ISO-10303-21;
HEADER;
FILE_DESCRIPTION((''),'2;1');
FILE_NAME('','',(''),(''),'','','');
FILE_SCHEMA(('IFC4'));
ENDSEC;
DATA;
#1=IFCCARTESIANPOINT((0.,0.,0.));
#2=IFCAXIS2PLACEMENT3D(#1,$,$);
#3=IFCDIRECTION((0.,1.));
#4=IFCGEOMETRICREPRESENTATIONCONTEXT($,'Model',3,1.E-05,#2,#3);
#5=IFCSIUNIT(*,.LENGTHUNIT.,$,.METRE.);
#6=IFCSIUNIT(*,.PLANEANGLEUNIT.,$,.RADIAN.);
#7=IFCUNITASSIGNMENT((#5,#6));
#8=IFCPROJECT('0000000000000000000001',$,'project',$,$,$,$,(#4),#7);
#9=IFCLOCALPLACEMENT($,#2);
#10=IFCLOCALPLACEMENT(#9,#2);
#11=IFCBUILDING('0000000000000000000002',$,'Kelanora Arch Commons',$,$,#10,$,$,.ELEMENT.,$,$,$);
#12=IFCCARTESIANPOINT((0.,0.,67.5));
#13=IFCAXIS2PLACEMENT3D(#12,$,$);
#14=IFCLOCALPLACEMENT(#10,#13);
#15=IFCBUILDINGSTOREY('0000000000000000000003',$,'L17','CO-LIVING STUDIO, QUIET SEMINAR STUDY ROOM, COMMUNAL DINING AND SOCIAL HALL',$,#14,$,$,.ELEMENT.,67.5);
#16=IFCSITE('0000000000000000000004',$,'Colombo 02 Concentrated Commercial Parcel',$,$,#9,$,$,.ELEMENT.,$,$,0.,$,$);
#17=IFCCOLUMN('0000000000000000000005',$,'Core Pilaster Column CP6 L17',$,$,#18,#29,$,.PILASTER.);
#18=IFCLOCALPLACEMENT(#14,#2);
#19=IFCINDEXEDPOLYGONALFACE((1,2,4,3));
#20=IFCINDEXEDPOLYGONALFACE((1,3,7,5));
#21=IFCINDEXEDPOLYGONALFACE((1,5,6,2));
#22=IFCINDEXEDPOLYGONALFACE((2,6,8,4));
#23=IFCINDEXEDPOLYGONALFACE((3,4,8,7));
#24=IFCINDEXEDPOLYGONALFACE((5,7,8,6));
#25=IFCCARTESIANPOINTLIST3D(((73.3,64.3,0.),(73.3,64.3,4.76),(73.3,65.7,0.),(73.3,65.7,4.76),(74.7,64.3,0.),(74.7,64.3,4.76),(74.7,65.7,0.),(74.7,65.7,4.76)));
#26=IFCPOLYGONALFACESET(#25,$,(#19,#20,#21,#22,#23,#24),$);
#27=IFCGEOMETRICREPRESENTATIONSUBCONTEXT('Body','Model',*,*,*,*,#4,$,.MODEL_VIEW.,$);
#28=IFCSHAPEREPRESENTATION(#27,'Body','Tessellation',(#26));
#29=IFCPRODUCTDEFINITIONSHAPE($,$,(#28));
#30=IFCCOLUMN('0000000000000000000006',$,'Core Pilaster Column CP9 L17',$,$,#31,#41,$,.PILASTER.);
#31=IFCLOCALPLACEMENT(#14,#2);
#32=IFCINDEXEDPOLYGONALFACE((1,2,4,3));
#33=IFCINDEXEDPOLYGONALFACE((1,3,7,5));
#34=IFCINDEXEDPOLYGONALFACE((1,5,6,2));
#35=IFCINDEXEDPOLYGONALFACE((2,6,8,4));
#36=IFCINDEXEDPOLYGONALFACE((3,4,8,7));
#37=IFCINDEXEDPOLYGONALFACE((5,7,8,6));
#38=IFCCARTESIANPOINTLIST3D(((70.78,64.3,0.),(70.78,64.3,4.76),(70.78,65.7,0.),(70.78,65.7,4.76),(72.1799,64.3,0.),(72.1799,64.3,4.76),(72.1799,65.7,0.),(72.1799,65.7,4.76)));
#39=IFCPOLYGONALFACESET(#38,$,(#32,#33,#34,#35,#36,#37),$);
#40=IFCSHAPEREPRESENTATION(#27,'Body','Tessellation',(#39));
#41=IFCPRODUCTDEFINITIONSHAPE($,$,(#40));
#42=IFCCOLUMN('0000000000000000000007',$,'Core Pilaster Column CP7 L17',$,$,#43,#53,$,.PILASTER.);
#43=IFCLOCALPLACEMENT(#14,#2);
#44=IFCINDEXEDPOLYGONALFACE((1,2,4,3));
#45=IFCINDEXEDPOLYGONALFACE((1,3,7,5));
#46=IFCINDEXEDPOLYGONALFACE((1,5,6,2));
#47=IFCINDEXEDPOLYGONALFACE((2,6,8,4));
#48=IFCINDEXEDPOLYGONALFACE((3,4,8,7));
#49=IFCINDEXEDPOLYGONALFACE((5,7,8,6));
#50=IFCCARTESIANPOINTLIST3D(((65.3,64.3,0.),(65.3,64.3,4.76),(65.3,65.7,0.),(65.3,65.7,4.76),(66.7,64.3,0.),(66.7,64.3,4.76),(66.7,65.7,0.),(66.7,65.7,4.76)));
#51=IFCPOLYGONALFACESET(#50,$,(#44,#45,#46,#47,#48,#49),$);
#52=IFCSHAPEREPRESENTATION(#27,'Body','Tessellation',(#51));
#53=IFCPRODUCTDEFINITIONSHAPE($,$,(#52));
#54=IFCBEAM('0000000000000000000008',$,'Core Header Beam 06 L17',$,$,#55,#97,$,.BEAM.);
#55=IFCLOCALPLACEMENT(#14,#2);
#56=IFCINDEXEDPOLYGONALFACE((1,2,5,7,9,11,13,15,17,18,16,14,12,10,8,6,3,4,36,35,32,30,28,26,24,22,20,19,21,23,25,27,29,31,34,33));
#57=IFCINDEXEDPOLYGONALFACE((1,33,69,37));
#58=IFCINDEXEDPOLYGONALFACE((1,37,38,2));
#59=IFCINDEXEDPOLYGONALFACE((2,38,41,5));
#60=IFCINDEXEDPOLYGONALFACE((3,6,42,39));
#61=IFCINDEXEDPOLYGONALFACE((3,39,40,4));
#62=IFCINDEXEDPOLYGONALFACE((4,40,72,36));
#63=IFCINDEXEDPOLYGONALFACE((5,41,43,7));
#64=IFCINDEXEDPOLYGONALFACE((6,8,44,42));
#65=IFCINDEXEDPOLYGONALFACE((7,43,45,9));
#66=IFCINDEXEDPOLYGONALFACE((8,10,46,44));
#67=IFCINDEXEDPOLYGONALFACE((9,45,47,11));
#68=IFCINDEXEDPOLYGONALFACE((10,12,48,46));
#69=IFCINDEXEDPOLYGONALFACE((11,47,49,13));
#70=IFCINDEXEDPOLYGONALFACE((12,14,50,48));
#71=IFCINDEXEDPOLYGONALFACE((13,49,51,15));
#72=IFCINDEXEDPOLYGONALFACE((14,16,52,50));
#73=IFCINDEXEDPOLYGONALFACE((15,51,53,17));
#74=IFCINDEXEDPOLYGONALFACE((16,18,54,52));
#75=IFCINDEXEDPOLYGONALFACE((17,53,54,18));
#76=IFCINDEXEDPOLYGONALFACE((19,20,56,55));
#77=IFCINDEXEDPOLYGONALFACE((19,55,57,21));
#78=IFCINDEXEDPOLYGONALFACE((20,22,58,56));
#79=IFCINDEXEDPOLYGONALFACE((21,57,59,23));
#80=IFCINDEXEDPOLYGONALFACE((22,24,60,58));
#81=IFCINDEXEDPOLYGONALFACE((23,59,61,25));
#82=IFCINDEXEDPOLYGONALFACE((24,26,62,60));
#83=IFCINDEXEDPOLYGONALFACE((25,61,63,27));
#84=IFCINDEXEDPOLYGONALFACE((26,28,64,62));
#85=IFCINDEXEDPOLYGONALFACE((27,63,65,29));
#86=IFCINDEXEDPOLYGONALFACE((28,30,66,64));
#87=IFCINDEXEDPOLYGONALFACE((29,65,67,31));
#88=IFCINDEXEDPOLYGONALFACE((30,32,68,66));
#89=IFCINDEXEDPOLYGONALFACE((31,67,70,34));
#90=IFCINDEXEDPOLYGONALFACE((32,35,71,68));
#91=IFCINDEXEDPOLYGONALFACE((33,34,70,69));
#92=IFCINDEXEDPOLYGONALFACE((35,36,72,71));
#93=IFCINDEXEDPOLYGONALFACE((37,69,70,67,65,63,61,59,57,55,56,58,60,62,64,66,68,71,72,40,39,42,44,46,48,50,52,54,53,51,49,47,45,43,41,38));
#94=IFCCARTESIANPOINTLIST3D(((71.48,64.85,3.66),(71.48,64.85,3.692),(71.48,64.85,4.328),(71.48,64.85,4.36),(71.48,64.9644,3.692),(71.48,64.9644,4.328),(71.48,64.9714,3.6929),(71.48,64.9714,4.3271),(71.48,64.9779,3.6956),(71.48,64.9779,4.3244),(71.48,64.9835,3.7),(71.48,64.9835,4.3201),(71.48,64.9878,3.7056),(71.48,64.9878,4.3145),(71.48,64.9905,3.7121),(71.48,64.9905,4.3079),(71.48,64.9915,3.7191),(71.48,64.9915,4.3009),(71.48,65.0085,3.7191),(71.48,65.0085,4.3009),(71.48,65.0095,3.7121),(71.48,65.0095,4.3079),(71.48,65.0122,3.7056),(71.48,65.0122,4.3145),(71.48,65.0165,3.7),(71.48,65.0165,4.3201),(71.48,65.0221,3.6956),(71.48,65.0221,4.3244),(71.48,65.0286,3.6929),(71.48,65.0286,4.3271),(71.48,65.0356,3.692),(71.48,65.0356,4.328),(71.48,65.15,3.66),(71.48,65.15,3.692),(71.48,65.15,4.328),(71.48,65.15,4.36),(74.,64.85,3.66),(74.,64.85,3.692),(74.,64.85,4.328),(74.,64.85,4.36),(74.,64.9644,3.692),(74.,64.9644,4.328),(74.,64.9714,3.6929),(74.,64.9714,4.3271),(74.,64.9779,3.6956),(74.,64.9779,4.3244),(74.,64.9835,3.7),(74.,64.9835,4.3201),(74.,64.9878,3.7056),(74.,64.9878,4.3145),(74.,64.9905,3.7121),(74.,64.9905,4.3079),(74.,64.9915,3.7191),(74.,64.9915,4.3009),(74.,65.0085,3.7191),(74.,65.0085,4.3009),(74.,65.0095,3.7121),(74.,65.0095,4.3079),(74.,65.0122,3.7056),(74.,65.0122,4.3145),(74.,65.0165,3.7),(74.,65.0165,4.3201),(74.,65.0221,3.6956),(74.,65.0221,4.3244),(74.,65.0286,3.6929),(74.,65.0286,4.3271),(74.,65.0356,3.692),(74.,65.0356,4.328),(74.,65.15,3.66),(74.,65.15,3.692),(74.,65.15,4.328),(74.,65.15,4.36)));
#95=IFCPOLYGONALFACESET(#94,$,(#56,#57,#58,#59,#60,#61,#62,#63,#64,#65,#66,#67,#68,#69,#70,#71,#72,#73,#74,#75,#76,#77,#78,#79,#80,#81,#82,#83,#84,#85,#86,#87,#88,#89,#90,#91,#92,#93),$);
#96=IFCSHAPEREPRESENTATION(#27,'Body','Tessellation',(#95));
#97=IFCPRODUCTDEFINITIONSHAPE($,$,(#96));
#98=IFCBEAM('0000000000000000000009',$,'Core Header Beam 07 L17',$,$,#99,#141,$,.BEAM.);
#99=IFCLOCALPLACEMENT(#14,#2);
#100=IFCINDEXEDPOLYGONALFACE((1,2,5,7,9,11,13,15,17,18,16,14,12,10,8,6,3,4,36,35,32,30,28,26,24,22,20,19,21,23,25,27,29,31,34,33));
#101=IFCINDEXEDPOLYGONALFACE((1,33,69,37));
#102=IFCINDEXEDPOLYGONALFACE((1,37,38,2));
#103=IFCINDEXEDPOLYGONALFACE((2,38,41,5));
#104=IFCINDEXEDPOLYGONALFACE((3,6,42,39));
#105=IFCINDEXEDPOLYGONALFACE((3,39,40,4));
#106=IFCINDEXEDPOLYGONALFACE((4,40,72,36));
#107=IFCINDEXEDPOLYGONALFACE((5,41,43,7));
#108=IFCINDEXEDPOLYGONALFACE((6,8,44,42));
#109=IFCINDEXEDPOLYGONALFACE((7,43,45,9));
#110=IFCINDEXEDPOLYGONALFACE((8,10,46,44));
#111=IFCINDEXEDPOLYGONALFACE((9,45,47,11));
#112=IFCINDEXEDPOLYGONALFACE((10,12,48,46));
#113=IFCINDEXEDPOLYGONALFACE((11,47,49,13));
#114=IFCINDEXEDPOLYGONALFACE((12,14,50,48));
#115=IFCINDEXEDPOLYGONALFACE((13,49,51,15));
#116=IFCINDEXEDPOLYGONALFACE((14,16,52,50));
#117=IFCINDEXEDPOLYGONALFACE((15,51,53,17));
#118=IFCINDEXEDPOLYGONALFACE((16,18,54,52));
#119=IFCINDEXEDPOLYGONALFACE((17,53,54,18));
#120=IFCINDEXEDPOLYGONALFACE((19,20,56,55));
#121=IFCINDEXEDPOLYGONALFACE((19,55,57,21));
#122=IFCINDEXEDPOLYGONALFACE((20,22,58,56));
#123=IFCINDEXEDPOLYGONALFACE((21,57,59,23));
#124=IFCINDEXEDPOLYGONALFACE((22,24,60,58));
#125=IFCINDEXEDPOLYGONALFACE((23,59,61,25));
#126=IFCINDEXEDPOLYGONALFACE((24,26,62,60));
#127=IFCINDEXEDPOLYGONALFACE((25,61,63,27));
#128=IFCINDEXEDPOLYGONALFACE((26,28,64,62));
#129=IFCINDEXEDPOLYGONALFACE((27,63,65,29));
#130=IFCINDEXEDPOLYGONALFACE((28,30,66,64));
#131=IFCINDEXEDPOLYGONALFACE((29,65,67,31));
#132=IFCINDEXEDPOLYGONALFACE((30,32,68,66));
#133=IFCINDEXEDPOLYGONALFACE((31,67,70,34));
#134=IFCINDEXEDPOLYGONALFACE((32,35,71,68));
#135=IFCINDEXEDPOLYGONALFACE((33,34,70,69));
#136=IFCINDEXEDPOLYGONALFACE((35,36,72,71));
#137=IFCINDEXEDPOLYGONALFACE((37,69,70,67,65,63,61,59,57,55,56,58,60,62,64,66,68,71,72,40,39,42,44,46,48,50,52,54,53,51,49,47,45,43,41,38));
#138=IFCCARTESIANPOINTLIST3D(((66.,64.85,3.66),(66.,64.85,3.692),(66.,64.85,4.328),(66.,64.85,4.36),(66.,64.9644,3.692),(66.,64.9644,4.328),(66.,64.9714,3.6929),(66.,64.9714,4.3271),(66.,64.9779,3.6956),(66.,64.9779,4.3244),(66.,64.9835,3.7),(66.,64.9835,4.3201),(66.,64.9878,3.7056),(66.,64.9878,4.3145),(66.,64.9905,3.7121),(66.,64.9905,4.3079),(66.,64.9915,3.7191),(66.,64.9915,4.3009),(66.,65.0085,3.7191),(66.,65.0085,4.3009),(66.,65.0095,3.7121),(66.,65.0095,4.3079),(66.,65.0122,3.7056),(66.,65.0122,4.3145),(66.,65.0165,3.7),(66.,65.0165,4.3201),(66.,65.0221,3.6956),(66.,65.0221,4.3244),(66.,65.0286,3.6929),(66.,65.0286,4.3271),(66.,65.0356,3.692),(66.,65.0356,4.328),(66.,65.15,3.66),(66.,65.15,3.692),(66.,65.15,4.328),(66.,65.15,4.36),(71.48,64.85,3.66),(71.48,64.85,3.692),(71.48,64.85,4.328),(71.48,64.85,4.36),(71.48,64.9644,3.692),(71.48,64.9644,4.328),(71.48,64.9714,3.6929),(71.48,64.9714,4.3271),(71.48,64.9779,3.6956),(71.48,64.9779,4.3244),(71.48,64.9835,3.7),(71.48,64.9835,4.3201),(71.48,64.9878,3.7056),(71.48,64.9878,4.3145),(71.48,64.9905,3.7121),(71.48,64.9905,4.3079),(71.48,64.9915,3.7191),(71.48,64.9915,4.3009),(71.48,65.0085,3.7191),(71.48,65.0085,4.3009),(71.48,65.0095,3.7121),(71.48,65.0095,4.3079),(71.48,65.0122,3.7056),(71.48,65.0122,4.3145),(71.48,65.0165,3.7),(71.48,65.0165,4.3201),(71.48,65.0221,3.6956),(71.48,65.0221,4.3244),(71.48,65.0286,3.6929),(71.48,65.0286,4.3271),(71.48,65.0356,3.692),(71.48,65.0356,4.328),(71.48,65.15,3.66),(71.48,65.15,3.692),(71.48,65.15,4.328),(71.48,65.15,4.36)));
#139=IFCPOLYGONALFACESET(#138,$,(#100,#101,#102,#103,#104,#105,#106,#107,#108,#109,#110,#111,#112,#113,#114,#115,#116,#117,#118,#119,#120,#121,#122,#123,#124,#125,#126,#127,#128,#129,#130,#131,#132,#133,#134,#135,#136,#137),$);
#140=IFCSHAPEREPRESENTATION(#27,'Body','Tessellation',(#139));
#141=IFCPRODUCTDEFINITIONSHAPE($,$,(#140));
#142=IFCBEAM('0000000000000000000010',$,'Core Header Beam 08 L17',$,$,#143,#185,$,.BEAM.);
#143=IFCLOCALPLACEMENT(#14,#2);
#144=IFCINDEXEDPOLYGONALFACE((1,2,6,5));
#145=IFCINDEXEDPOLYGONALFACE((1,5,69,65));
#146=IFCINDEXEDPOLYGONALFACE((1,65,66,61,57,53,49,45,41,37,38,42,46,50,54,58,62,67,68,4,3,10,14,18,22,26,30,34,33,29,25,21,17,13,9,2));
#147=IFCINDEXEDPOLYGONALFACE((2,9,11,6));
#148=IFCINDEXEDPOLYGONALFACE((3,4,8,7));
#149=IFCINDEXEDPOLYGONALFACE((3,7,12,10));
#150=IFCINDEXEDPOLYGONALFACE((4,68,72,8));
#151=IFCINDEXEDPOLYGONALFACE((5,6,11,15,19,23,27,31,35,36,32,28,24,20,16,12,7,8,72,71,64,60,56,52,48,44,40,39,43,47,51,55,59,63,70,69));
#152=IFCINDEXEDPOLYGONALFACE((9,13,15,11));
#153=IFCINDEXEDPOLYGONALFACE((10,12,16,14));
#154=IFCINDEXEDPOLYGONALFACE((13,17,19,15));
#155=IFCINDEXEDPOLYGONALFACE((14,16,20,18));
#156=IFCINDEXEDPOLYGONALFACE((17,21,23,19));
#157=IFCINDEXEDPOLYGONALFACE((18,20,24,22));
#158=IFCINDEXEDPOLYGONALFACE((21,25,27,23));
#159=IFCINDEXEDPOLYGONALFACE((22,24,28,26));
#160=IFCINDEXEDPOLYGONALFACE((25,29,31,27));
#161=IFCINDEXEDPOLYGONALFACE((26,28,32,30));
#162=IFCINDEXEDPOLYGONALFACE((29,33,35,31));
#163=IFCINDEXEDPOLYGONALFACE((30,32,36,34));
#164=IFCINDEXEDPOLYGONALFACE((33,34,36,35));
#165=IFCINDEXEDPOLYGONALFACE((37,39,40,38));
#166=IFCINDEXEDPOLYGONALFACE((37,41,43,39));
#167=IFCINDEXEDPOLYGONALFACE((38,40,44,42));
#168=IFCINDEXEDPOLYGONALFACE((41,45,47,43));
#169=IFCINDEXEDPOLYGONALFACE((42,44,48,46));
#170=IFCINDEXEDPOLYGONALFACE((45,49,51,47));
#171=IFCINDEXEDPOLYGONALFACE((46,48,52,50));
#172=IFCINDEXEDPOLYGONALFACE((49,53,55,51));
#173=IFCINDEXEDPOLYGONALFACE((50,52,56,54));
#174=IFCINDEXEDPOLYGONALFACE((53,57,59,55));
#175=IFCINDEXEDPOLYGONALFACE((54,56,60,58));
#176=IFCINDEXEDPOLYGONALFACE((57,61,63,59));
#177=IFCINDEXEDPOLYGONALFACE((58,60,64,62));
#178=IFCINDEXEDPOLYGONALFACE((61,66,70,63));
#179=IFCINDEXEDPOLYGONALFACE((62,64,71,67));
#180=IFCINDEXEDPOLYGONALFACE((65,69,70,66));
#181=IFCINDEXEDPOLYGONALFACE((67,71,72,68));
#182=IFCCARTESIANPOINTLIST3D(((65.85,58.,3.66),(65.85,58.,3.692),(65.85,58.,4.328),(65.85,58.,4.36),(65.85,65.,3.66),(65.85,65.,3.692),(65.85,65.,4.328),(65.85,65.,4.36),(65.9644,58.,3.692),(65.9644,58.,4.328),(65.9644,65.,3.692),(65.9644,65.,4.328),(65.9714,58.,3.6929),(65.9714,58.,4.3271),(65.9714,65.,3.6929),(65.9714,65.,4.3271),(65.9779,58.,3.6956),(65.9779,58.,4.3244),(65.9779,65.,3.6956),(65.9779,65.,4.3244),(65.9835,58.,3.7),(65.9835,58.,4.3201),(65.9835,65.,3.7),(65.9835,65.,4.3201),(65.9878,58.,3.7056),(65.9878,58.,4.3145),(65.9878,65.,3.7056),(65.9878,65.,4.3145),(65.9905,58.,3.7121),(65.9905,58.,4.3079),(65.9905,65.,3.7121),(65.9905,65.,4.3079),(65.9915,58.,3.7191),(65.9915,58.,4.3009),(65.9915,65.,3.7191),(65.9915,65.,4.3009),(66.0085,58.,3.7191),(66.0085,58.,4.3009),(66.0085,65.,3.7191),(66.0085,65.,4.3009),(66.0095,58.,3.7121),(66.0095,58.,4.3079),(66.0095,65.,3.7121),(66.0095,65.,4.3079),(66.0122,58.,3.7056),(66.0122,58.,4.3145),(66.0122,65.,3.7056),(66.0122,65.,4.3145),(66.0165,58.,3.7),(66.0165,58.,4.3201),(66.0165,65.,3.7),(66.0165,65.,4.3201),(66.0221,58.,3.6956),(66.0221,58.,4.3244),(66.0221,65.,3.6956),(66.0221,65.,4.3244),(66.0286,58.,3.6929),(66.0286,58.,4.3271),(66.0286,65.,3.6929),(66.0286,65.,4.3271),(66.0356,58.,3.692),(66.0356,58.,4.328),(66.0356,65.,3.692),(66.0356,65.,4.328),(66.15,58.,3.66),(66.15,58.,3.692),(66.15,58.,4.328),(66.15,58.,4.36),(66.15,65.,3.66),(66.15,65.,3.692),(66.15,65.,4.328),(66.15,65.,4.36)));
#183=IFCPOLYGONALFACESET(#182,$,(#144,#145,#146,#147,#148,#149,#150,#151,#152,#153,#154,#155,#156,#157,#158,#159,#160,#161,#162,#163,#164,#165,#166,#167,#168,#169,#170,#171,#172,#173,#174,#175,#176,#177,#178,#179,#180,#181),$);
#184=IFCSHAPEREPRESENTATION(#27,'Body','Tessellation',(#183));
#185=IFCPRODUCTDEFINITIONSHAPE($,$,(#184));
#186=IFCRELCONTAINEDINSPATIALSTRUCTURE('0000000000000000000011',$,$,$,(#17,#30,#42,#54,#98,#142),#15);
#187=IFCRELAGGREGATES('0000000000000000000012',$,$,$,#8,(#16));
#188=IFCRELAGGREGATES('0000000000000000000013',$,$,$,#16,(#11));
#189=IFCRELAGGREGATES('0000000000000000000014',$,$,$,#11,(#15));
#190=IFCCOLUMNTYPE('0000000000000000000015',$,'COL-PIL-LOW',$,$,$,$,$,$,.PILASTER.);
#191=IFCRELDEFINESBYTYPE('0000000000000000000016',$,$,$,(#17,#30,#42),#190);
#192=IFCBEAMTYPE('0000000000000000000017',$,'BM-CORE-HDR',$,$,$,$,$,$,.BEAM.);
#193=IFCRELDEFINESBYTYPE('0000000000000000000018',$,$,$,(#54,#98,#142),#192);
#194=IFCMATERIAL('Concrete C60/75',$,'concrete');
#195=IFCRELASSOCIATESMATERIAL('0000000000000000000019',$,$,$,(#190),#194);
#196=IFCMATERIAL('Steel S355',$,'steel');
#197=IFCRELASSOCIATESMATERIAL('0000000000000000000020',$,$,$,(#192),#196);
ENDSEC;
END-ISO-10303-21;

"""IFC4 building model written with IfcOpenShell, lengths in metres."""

from ifc_helpers import new_model, si_unit, direction, frame, origin, origin_2d, place, context, subcontext, project, spatial, rectangle, i_section, extrude, material, material_profile, profile_set, type_object, element, save


model = new_model("IFC4")

# Units and contexts
model_context = context("Model", 3, precision=1e-05, world=origin(), true_north=direction((0.0, 1.0)))
body_context = subcontext(model_context, "Body", "Model", "MODEL_VIEW")
ifc_project = project(units=[si_unit("LENGTHUNIT", "METRE"), si_unit("PLANEANGLEUNIT", "RADIAN")], contexts=[model_context])

# Site, building, storey
site_placement = place(None, origin())
site = spatial("IfcSite", under=ifc_project, at=site_placement, Name="Colombo 02 Concentrated Commercial Parcel", CompositionType="ELEMENT", RefElevation=0.0)
building_placement = place(site_placement, origin())
building = spatial("IfcBuilding", under=site, at=building_placement, Name="Kelanora Arch Commons", CompositionType="ELEMENT")
storey_placement = place(building_placement, frame((0.0, 0.0, 67.5)))
storey = spatial("IfcBuildingStorey", under=building, at=storey_placement, Name="L17", Description="CO-LIVING STUDIO, QUIET SEMINAR STUDY ROOM, COMMUNAL DINING AND SOCIAL HALL", CompositionType="ELEMENT", Elevation=67.5)

# Columns
ifc_material_1 = material(Name="Concrete C60/75", Category="concrete")
ifc_material_profile_1 = material_profile(ifc_material_1, rectangle(XDim=1.3999, YDim=1.3999, at=origin_2d()), Name="RC1400x1400")
ifc_profile_set_1 = profile_set([ifc_material_profile_1], Name="Concrete C60/75")
column_type = type_object("IfcColumnType", Name="COL-PIL-LOW", PredefinedType="PILASTER", material=ifc_profile_set_1)
for number, where, z_axis, x_axis, name in (
    (1, (74.0, 65.0, 0.0), (0.0, 0.0, 1.0), (1.0, 0.0, 0.0), "Core Pilaster Column CP6 L17"),
    (2, (71.48, 65.0, 0.0), (0.0, 0.0, 1.0), (1.0, 0.0, 0.0), "Core Pilaster Column CP9 L17"),
    (3, (66.0, 65.0, 0.0), (0.0, 0.0, 1.0), (1.0, 0.0, 0.0), "Core Pilaster Column CP7 L17"),
):
    element("IfcColumn", number, at=place(storey_placement, frame(where, z_axis=z_axis, x_axis=x_axis)), inside=storey, type_object=column_type, Name=name, PredefinedType="PILASTER", context=body_context, shape_type="SweptSolid", body=[
        extrude(rectangle(XDim=1.3999, YDim=1.3999, at=origin_2d()), origin(), (0.0, 0.0, 1.0), 4.76),
    ])

# Beams
ifc_material_2 = material(Name="Steel S355", Category="steel")
ifc_material_profile_2 = material_profile(ifc_material_2, i_section(OverallWidth=0.3, OverallDepth=0.7, WebThickness=0.0171, FlangeThickness=0.032, FilletRadius=0.0271, at=origin_2d()), Name="HEB700")
ifc_profile_set_2 = profile_set([ifc_material_profile_2], Name="Steel S355")
beam_type_1 = type_object("IfcBeamType", Name="BM-CORE-HDR", PredefinedType="BEAM", material=ifc_profile_set_2)
beam_1_placement = place(storey_placement, frame((74.0, 65.0, 4.01), z_axis=(-1.0, 0.0, 0.0), x_axis=(0.0, -1.0, 0.0)))
element("IfcBeam", 4, at=beam_1_placement, inside=storey, type_object=beam_type_1, Name="Core Header Beam 06 L17", PredefinedType="BEAM", context=body_context, shape_type="SweptSolid", body=[
    extrude(i_section(OverallWidth=0.3, OverallDepth=0.7, WebThickness=0.0171, FlangeThickness=0.032, FilletRadius=0.0271, at=origin_2d()), origin(), (0.0, 0.0, 1.0), 2.52),
])
beam_2_placement = place(storey_placement, frame((71.48, 65.0, 4.01), z_axis=(-1.0, 0.0, 0.0), x_axis=(0.0, -1.0, 0.0)))
element("IfcBeam", 5, at=beam_2_placement, inside=storey, type_object=beam_type_1, Name="Core Header Beam 07 L17", PredefinedType="BEAM", context=body_context, shape_type="SweptSolid", body=[
    extrude(i_section(OverallWidth=0.3, OverallDepth=0.7, WebThickness=0.0171, FlangeThickness=0.032, FilletRadius=0.0271, at=origin_2d()), origin(), (0.0, 0.0, 1.0), 5.48),
])
beam_3_placement = place(storey_placement, frame((66.0, 65.0, 4.01), z_axis=(0.0, -1.0, 0.0), x_axis=(1.0, 0.0, 0.0)))
element("IfcBeam", 6, at=beam_3_placement, inside=storey, type_object=beam_type_1, Name="Core Header Beam 08 L17", PredefinedType="BEAM", context=body_context, shape_type="SweptSolid", body=[
    extrude(i_section(OverallWidth=0.3, OverallDepth=0.7, WebThickness=0.0171, FlangeThickness=0.032, FilletRadius=0.0271, at=origin_2d()), origin(), (0.0, 0.0, 1.0), 7.0),
])

save(model, "model.ifc")
